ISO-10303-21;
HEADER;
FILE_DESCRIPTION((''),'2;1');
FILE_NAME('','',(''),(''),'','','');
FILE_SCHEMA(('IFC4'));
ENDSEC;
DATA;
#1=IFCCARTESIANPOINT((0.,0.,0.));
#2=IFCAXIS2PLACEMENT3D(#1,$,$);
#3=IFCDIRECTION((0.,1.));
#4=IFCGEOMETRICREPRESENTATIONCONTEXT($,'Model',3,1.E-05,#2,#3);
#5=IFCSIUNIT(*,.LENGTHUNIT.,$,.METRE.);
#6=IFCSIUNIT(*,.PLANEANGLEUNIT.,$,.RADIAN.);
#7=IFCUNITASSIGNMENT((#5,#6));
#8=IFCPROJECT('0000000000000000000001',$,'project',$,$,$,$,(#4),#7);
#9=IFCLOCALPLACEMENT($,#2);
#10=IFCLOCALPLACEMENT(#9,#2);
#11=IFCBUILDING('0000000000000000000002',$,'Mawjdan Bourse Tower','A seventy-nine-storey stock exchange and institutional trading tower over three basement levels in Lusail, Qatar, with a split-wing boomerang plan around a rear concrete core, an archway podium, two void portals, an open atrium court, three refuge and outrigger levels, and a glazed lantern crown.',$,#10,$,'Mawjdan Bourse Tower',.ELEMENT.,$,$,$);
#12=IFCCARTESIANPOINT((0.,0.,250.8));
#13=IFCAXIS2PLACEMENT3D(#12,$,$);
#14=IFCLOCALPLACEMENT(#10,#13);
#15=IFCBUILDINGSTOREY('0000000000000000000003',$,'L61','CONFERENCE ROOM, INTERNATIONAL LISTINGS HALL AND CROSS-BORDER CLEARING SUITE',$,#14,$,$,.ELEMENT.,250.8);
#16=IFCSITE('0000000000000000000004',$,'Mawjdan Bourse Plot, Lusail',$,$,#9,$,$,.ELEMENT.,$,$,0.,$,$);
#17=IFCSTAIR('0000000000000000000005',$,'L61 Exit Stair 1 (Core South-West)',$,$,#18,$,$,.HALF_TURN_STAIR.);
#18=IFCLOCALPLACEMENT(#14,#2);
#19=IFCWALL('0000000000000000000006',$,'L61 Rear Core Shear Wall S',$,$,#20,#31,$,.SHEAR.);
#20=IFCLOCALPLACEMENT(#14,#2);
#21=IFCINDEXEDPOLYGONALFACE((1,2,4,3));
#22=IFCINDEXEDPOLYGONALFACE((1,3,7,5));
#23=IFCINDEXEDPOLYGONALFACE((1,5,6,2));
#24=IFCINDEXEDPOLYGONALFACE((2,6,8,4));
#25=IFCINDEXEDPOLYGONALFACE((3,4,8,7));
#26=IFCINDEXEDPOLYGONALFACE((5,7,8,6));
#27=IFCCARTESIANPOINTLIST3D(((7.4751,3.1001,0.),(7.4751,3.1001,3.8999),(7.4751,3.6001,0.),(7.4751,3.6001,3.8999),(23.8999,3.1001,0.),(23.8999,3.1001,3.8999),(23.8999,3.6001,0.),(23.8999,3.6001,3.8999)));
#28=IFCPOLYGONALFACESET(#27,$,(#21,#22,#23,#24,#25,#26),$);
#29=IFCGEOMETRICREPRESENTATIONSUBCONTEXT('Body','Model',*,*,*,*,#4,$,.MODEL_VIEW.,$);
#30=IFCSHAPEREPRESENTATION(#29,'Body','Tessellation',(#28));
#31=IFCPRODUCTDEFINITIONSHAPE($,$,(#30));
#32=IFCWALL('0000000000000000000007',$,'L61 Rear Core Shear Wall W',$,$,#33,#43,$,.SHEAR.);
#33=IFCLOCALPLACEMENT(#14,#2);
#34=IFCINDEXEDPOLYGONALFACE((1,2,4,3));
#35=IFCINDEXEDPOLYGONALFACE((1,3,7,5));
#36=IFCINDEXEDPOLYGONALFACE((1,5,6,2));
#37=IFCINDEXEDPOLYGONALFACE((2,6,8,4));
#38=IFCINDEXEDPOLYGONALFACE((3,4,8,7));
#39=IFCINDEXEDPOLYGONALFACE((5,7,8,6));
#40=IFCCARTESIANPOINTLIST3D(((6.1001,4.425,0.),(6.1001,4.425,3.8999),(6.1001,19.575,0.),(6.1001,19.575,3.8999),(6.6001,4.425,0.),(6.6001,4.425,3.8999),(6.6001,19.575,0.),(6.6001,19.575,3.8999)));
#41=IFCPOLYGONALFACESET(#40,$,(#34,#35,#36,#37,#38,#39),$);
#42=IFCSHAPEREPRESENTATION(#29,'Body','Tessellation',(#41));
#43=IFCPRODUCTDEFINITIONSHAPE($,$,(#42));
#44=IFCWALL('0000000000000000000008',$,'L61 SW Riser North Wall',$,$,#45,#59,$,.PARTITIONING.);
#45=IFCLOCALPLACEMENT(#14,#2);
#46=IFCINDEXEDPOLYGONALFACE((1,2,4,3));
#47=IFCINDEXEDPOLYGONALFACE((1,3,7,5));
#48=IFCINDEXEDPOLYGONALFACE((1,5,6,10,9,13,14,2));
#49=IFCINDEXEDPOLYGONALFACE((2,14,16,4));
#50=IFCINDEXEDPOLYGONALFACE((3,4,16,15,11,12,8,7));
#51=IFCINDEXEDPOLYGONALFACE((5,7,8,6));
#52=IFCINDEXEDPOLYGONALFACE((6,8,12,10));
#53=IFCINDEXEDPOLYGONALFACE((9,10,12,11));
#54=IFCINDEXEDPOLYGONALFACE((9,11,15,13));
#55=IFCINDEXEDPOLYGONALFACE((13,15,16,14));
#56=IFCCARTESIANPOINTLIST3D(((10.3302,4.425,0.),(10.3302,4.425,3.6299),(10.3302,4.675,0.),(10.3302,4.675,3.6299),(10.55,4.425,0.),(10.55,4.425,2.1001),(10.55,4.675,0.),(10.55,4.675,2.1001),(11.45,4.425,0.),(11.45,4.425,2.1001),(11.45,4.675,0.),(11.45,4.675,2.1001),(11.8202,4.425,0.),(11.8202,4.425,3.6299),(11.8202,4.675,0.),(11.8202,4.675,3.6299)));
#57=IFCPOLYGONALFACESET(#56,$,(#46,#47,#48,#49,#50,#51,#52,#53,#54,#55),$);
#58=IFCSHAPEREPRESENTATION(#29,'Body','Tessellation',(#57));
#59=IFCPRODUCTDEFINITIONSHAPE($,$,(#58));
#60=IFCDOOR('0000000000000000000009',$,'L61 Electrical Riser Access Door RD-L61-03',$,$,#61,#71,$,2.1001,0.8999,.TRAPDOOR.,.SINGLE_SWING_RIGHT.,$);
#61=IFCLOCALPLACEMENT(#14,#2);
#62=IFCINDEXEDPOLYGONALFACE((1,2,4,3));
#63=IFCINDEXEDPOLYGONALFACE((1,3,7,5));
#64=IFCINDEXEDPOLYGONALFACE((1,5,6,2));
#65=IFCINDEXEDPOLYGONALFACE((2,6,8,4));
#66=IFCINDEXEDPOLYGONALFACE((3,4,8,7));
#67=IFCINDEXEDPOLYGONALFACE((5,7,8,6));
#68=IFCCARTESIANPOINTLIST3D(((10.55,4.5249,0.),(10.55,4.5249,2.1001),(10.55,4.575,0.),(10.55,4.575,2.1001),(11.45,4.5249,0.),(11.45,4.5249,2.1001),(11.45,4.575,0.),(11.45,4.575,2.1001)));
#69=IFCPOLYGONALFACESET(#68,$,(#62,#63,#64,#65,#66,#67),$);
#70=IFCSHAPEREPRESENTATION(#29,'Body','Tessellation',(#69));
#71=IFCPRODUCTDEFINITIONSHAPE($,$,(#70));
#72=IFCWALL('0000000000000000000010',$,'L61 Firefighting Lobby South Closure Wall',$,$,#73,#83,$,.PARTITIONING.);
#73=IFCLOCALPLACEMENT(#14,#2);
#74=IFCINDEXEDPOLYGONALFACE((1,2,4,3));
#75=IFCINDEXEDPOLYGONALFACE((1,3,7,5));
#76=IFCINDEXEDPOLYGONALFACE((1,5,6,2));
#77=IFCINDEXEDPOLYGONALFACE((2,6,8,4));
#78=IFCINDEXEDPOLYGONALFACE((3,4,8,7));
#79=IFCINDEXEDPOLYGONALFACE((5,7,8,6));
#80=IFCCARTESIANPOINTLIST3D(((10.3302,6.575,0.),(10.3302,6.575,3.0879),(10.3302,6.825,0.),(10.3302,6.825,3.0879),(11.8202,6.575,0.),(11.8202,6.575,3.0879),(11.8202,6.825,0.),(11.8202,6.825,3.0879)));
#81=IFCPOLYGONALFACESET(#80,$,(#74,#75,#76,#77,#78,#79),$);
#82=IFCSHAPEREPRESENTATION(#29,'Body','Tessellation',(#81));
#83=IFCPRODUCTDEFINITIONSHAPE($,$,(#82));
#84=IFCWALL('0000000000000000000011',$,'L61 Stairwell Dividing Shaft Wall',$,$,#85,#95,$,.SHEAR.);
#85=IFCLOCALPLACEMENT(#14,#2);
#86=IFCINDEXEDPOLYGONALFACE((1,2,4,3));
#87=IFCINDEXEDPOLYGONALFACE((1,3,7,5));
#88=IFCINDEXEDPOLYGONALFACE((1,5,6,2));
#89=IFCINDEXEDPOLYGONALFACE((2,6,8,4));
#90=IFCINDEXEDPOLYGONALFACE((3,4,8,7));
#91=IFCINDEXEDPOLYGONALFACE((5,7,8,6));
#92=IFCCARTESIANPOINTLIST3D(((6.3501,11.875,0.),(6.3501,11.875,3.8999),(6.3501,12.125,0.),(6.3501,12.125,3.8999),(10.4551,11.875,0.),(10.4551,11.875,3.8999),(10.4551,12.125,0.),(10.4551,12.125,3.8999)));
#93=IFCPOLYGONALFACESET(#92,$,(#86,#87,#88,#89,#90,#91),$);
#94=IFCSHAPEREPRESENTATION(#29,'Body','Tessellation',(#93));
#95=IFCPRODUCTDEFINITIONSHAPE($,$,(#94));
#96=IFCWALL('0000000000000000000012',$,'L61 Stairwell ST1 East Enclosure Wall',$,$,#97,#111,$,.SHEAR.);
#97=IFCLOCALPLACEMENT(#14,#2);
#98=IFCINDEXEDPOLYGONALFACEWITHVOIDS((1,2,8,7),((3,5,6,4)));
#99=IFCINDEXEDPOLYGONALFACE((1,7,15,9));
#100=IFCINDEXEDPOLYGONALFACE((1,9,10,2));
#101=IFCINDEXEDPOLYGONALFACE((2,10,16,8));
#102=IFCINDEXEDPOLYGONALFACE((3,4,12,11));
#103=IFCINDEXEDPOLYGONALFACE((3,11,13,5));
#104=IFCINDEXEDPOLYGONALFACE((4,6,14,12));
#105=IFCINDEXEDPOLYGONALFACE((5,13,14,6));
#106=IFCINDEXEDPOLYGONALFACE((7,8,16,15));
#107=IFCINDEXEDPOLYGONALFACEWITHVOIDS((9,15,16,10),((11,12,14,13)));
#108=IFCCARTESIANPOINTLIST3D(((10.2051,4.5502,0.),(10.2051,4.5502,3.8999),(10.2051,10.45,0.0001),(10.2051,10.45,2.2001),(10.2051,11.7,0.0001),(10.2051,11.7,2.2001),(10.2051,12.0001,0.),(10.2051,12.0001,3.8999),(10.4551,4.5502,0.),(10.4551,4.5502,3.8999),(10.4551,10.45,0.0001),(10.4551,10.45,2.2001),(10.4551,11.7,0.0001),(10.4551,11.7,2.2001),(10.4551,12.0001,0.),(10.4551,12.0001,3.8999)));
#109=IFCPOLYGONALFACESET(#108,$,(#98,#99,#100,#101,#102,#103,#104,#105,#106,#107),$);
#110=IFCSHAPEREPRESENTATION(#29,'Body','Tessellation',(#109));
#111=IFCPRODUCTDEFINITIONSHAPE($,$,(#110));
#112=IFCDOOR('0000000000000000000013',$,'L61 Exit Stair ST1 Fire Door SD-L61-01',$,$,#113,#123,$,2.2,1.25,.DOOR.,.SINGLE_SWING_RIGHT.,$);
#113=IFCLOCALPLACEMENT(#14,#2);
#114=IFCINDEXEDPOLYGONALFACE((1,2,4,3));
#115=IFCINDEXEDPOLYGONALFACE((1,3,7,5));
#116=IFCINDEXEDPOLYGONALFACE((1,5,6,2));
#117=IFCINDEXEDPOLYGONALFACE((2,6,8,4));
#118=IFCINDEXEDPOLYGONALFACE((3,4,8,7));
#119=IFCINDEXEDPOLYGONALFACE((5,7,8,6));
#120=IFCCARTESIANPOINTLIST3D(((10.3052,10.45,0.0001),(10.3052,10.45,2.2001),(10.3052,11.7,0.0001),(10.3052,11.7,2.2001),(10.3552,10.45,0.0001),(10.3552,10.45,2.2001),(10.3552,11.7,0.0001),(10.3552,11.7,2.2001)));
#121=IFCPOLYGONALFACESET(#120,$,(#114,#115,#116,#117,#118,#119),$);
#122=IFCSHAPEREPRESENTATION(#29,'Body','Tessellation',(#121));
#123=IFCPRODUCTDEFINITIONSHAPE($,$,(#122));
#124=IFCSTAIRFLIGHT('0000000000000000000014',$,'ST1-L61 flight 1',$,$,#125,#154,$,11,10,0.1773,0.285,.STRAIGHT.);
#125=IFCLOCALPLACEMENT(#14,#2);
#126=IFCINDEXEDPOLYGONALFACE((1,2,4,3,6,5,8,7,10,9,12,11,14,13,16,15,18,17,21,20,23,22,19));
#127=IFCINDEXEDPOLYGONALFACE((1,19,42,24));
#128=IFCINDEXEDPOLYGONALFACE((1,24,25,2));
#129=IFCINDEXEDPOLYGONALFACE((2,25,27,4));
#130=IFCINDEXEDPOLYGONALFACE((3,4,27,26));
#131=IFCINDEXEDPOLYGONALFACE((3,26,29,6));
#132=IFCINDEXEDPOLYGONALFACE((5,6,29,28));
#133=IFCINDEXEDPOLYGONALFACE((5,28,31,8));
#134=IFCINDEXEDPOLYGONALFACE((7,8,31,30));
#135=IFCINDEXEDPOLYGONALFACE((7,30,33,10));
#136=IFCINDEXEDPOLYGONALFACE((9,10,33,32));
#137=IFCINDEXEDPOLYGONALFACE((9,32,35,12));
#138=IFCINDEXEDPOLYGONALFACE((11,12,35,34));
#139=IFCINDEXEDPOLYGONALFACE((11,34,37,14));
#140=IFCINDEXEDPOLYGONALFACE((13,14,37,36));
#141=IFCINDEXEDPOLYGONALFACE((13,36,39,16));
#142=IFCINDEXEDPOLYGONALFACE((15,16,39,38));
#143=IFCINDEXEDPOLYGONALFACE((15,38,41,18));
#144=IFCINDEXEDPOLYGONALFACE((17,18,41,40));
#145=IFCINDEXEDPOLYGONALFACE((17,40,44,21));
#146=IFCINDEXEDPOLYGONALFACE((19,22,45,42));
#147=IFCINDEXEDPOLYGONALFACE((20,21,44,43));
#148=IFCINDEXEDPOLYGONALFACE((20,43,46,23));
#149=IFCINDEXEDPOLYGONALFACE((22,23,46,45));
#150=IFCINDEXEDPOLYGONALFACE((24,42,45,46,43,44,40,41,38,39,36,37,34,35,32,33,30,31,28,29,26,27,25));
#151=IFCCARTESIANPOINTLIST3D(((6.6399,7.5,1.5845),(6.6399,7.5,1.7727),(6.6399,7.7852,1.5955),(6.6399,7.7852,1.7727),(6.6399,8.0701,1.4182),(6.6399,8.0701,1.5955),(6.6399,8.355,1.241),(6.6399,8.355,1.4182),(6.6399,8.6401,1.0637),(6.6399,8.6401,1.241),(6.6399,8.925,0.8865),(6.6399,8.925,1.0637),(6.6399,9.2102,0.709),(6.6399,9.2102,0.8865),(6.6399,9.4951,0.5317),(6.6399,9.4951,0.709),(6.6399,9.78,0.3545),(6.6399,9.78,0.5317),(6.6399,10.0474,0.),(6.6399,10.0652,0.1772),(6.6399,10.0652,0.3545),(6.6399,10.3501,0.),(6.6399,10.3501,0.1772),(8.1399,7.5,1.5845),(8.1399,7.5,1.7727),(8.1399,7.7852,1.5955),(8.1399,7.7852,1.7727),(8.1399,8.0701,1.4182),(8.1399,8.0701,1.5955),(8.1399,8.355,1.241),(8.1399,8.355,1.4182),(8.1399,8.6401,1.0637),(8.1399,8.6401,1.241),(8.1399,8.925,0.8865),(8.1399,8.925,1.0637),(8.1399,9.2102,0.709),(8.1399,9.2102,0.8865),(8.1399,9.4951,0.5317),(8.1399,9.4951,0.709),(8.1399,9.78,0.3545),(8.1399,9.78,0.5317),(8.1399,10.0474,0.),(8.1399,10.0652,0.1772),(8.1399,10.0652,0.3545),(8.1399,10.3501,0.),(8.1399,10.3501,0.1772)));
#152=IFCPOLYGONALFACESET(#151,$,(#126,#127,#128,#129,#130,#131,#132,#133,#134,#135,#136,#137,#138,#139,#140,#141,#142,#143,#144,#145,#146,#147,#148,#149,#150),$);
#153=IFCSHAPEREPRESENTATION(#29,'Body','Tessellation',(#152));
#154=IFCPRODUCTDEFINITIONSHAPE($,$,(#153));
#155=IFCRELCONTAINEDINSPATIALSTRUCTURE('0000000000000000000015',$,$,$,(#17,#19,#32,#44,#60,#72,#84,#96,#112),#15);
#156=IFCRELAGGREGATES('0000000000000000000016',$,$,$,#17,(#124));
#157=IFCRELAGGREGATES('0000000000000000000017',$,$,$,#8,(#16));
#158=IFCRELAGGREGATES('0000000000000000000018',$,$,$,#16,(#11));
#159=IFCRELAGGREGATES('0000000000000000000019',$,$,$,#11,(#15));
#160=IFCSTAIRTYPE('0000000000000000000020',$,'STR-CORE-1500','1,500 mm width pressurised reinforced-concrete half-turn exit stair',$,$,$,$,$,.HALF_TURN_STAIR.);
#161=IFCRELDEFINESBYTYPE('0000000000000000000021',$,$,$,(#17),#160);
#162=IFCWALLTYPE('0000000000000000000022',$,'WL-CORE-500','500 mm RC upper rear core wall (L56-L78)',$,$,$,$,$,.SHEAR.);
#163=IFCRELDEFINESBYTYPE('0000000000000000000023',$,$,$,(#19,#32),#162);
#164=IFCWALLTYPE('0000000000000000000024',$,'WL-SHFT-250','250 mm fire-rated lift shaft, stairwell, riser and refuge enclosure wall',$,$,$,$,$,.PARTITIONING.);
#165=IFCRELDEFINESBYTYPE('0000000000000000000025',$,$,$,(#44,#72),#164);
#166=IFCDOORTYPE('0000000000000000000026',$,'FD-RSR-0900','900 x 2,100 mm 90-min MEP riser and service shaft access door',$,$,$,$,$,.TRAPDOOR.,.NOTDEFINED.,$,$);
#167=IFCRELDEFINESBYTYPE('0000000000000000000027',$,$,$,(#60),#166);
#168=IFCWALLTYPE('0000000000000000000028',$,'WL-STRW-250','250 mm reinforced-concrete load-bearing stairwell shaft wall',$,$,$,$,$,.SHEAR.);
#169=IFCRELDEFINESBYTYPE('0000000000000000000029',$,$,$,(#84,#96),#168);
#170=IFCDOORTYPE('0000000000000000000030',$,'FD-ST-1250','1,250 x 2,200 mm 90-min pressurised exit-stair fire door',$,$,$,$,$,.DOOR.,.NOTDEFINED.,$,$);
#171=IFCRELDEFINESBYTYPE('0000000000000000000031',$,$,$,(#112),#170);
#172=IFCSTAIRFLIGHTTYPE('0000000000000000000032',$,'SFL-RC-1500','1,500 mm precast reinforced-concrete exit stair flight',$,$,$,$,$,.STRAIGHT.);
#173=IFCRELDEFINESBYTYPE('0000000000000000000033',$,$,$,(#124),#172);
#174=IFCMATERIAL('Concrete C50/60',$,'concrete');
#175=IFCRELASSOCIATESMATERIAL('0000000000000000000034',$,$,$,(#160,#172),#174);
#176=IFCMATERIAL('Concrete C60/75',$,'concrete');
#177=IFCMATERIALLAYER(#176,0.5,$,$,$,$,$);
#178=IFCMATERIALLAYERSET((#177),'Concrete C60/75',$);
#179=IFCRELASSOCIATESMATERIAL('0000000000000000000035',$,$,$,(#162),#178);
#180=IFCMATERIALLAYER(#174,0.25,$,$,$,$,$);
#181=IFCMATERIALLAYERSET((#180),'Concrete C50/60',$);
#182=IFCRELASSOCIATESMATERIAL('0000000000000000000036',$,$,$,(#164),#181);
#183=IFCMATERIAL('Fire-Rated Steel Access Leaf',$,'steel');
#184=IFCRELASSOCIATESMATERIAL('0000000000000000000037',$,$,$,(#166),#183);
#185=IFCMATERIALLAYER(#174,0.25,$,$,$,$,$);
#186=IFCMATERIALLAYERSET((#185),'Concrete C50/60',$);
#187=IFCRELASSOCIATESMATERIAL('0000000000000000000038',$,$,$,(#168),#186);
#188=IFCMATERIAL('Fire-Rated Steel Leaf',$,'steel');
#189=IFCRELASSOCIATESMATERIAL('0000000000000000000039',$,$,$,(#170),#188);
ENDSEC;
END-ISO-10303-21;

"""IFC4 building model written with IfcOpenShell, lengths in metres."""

from ifc_helpers import new_model, si_unit, direction, frame, frame_2d, origin, place, context, subcontext, project, spatial, polyline, rectangle, outline, extrude, material, layer, layer_set, type_object, element, fill, aggregate, save


model = new_model("IFC4")

# Units and contexts
model_context = context("Model", 3, precision=1e-05, world=origin(), true_north=direction((0.0, 1.0)))
body_context = subcontext(model_context, "Body", "Model", "MODEL_VIEW")
ifc_project = project(units=[si_unit("LENGTHUNIT", "METRE"), si_unit("PLANEANGLEUNIT", "RADIAN")], contexts=[model_context])

# Site, building, storey
site_placement = place(None, origin())
site = spatial("IfcSite", under=ifc_project, at=site_placement, Name="Mawjdan Bourse Plot, Lusail", CompositionType="ELEMENT", RefElevation=0.0)
building_placement = place(site_placement, origin())
building = spatial("IfcBuilding", under=site, at=building_placement, Name="Mawjdan Bourse Tower", Description="A seventy-nine-storey stock exchange and institutional trading tower over three basement levels in Lusail, Qatar, with a split-wing boomerang plan around a rear concrete core, an archway podium, two void portals, an open atrium court, three refuge and outrigger levels, and a glazed lantern crown.", LongName="Mawjdan Bourse Tower", CompositionType="ELEMENT")
storey_placement = place(building_placement, frame((0.0, 0.0, 250.8)))
storey = spatial("IfcBuildingStorey", under=building, at=storey_placement, Name="L61", Description="CONFERENCE ROOM, INTERNATIONAL LISTINGS HALL AND CROSS-BORDER CLEARING SUITE", CompositionType="ELEMENT", Elevation=250.8)

# Stair
ifc_material_1 = material(Name="Concrete C50/60", Category="concrete")
stair_type = type_object("IfcStairType", Name="STR-CORE-1500", Description="1,500 mm width pressurised reinforced-concrete half-turn exit stair", PredefinedType="HALF_TURN_STAIR", material=ifc_material_1)
stair_1_placement = place(storey_placement, origin())
stair_1 = element("IfcStair", 1, at=stair_1_placement, inside=storey, type_object=stair_type, Name="L61 Exit Stair 1 (Core South-West)", PredefinedType="HALF_TURN_STAIR")

# Walls
ifc_material_2 = material(Name="Concrete C60/75", Category="concrete")
ifc_layer_1 = layer(ifc_material_2, 0.5)
ifc_layer_set_1 = layer_set([ifc_layer_1], Name="Concrete C60/75")
wall_type_1 = type_object("IfcWallType", Name="WL-CORE-500", Description="500 mm RC upper rear core wall (L56-L78)", PredefinedType="SHEAR", material=ifc_layer_set_1)
wall_1_placement = place(storey_placement, frame((7.4751, 3.3501, 0.0), z_axis=(0.0, 0.0, 1.0), x_axis=(1.0, 0.0, 0.0)))
element("IfcWall", 2, at=wall_1_placement, inside=storey, type_object=wall_type_1, Name="L61 Rear Core Shear Wall S", PredefinedType="SHEAR", context=body_context, shape_type="SweptSolid", body=[
    extrude(rectangle(XDim=16.4248, YDim=0.5, at=frame_2d((8.2124, 0.0))), origin(), (0.0, 0.0, 1.0), 3.8999),
])
wall_2_placement = place(storey_placement, frame((6.3501, 4.425, 0.0), z_axis=(0.0, 0.0, 1.0), x_axis=(0.0, 1.0, 0.0)))
element("IfcWall", 3, at=wall_2_placement, inside=storey, type_object=wall_type_1, Name="L61 Rear Core Shear Wall W", PredefinedType="SHEAR", context=body_context, shape_type="SweptSolid", body=[
    extrude(rectangle(XDim=15.1499, YDim=0.5, at=frame_2d((7.575, 0.0))), origin(), (0.0, 0.0, 1.0), 3.8999),
])

# Wall, opening, door
ifc_layer_2 = layer(ifc_material_1, 0.25)
ifc_layer_set_2 = layer_set([ifc_layer_2], Name="Concrete C50/60")
wall_type_2 = type_object("IfcWallType", Name="WL-SHFT-250", Description="250 mm fire-rated lift shaft, stairwell, riser and refuge enclosure wall", PredefinedType="PARTITIONING", material=ifc_layer_set_2)
wall_3_placement = place(storey_placement, frame((10.3301, 4.55, 0.0), z_axis=(0.0, 0.0, 1.0), x_axis=(1.0, 0.0, 0.0)))
wall_3 = element("IfcWall", 4, at=wall_3_placement, inside=storey, type_object=wall_type_2, Name="L61 SW Riser North Wall", PredefinedType="PARTITIONING", context=body_context, shape_type="SweptSolid", body=[
    extrude(rectangle(XDim=1.49, YDim=0.25, at=frame_2d((0.7451, 0.0))), origin(), (0.0, 0.0, 1.0), 3.6299),
])
opening_1_placement = place(wall_3_placement, frame((0.22, 0.0, 0.0)))
opening_1 = element("IfcOpeningElement", 5, at=opening_1_placement, cuts=wall_3, PredefinedType="OPENING", context=body_context, shape_type="SweptSolid", body=[
    extrude(rectangle(XDim=0.8999, YDim=2.1001, at=frame_2d((0.45, 1.05))), frame((0.0, 0.135, 0.0), z_axis=(0.0, -1.0, 0.0), x_axis=(1.0, 0.0, 0.0)), (0.0, 0.0, 1.0), 0.27),
])
ifc_material_3 = material(Name="Fire-Rated Steel Access Leaf", Category="steel")
door_type_1 = type_object("IfcDoorType", Name="FD-RSR-0900", Description="900 x 2,100 mm 90-min MEP riser and service shaft access door", OperationType="NOTDEFINED", PredefinedType="TRAPDOOR", material=ifc_material_3)
door_1_placement = place(opening_1_placement, origin())
door_1 = element("IfcDoor", 6, at=door_1_placement, inside=storey, type_object=door_type_1, Name="L61 Electrical Riser Access Door RD-L61-03", OperationType="SINGLE_SWING_RIGHT", OverallHeight=2.1001, OverallWidth=0.8999, PredefinedType="TRAPDOOR", context=body_context, shape_type="SweptSolid", body=[
    extrude(rectangle(XDim=0.8999, YDim=2.1001, at=frame_2d((0.45, 1.05))), frame((0.0, 0.0249, 0.0), z_axis=(0.0, -1.0, 0.0), x_axis=(1.0, 0.0, 0.0)), (0.0, 0.0, 1.0), 0.05),
])
fill(opening_1, door_1)

# Walls
wall_4_placement = place(storey_placement, frame((10.3301, 6.7, 0.0), z_axis=(0.0, 0.0, 1.0), x_axis=(1.0, 0.0, 0.0)))
element("IfcWall", 7, at=wall_4_placement, inside=storey, type_object=wall_type_2, Name="L61 Firefighting Lobby South Closure Wall", PredefinedType="PARTITIONING", context=body_context, shape_type="SweptSolid", body=[
    extrude(rectangle(XDim=1.49, YDim=0.25, at=frame_2d((0.7451, 0.0))), origin(), (0.0, 0.0, 1.0), 3.0879),
])
ifc_layer_3 = layer(ifc_material_1, 0.25)
ifc_layer_set_3 = layer_set([ifc_layer_3], Name="Concrete C50/60")
wall_type_3 = type_object("IfcWallType", Name="WL-STRW-250", Description="250 mm reinforced-concrete load-bearing stairwell shaft wall", PredefinedType="SHEAR", material=ifc_layer_set_3)
wall_5_placement = place(storey_placement, frame((6.3501, 12.0, 0.0), z_axis=(0.0, 0.0, 1.0), x_axis=(1.0, 0.0, 0.0)))
element("IfcWall", 8, at=wall_5_placement, inside=storey, type_object=wall_type_3, Name="L61 Stairwell Dividing Shaft Wall", PredefinedType="SHEAR", context=body_context, shape_type="SweptSolid", body=[
    extrude(rectangle(XDim=4.105, YDim=0.25, at=frame_2d((2.0525, 0.0))), origin(), (0.0, 0.0, 1.0), 3.8999),
])

# Wall, opening, door
wall_6_placement = place(storey_placement, frame((10.3301, 4.55, 0.0), z_axis=(0.0, 0.0, 1.0), x_axis=(0.0, 1.0, 0.0)))
wall_6 = element("IfcWall", 9, at=wall_6_placement, inside=storey, type_object=wall_type_3, Name="L61 Stairwell ST1 East Enclosure Wall", PredefinedType="SHEAR", context=body_context, shape_type="SweptSolid", body=[
    extrude(rectangle(XDim=7.45, YDim=0.25, at=frame_2d((3.7251, 0.0))), origin(), (0.0, 0.0, 1.0), 3.8999),
])
opening_2_placement = place(wall_6_placement, frame((5.8999, 0.0, 0.0)))
opening_2 = element("IfcOpeningElement", 10, at=opening_2_placement, cuts=wall_6, PredefinedType="OPENING", context=body_context, shape_type="SweptSolid", body=[
    extrude(rectangle(XDim=1.25, YDim=2.2, at=frame_2d((0.625, 1.1001))), frame((0.0, 0.135, 0.0), z_axis=(0.0, -1.0, 0.0), x_axis=(1.0, 0.0, 0.0)), (0.0, 0.0, 1.0), 0.27),
])
ifc_material_4 = material(Name="Fire-Rated Steel Leaf", Category="steel")
door_type_2 = type_object("IfcDoorType", Name="FD-ST-1250", Description="1,250 x 2,200 mm 90-min pressurised exit-stair fire door", OperationType="NOTDEFINED", PredefinedType="DOOR", material=ifc_material_4)
door_2_placement = place(opening_2_placement, origin())
door_2 = element("IfcDoor", 11, at=door_2_placement, inside=storey, type_object=door_type_2, Name="L61 Exit Stair ST1 Fire Door SD-L61-01", OperationType="SINGLE_SWING_RIGHT", OverallHeight=2.2, OverallWidth=1.25, PredefinedType="DOOR", context=body_context, shape_type="SweptSolid", body=[
    extrude(rectangle(XDim=1.25, YDim=2.2, at=frame_2d((0.625, 1.1001))), frame((0.0, 0.0249, 0.0), z_axis=(0.0, -1.0, 0.0), x_axis=(1.0, 0.0, 0.0)), (0.0, 0.0, 1.0), 0.05),
])
fill(opening_2, door_2)

# Stair flight
stair_flight_type = type_object("IfcStairFlightType", Name="SFL-RC-1500", Description="1,500 mm precast reinforced-concrete exit stair flight", PredefinedType="STRAIGHT", material=ifc_material_1)
stair_flight_1_placement = place(storey_placement, frame((7.3899, 10.3501, 0.0), z_axis=(0.0, 0.0, 1.0), x_axis=(0.0, -1.0, 0.0)))
stair_flight_1 = element("IfcStairFlight", 12, at=stair_flight_1_placement, type_object=stair_flight_type, Name="ST1-L61 flight 1", NumberOfRisers=11, NumberOfTreads=10, PredefinedType="STRAIGHT", RiserHeight=0.1773, TreadLength=0.285, context=body_context, shape_type="SweptSolid", body=[
    extrude(outline(polyline([(0.0, 0.0), (0.0, 0.1772), (0.2849, 0.1772), (0.2849, 0.3545), (0.5701, 0.3545), (0.5701, 0.5317), (0.855, 0.5317), (0.855, 0.709), (1.1399, 0.709), (1.1399, 0.8865), (1.425, 0.8865), (1.425, 1.0637), (1.71, 1.0637), (1.71, 1.241), (1.9951, 1.241), (1.9951, 1.4182), (2.28, 1.4182), (2.28, 1.5955), (2.5649, 1.5955), (2.5649, 1.7727), (2.8501, 1.7727), (2.8501, 1.95), (2.8501, 1.5845), (0.3027, 0.0), (0.0, 0.0)])), frame((0.0, 0.75, 0.0), z_axis=(0.0, -1.0, 0.0), x_axis=(1.0, 0.0, 0.0)), (0.0, 0.0, 1.0), 1.5),
])
aggregate(stair_1, [stair_flight_1])

save(model, "model.ifc")
